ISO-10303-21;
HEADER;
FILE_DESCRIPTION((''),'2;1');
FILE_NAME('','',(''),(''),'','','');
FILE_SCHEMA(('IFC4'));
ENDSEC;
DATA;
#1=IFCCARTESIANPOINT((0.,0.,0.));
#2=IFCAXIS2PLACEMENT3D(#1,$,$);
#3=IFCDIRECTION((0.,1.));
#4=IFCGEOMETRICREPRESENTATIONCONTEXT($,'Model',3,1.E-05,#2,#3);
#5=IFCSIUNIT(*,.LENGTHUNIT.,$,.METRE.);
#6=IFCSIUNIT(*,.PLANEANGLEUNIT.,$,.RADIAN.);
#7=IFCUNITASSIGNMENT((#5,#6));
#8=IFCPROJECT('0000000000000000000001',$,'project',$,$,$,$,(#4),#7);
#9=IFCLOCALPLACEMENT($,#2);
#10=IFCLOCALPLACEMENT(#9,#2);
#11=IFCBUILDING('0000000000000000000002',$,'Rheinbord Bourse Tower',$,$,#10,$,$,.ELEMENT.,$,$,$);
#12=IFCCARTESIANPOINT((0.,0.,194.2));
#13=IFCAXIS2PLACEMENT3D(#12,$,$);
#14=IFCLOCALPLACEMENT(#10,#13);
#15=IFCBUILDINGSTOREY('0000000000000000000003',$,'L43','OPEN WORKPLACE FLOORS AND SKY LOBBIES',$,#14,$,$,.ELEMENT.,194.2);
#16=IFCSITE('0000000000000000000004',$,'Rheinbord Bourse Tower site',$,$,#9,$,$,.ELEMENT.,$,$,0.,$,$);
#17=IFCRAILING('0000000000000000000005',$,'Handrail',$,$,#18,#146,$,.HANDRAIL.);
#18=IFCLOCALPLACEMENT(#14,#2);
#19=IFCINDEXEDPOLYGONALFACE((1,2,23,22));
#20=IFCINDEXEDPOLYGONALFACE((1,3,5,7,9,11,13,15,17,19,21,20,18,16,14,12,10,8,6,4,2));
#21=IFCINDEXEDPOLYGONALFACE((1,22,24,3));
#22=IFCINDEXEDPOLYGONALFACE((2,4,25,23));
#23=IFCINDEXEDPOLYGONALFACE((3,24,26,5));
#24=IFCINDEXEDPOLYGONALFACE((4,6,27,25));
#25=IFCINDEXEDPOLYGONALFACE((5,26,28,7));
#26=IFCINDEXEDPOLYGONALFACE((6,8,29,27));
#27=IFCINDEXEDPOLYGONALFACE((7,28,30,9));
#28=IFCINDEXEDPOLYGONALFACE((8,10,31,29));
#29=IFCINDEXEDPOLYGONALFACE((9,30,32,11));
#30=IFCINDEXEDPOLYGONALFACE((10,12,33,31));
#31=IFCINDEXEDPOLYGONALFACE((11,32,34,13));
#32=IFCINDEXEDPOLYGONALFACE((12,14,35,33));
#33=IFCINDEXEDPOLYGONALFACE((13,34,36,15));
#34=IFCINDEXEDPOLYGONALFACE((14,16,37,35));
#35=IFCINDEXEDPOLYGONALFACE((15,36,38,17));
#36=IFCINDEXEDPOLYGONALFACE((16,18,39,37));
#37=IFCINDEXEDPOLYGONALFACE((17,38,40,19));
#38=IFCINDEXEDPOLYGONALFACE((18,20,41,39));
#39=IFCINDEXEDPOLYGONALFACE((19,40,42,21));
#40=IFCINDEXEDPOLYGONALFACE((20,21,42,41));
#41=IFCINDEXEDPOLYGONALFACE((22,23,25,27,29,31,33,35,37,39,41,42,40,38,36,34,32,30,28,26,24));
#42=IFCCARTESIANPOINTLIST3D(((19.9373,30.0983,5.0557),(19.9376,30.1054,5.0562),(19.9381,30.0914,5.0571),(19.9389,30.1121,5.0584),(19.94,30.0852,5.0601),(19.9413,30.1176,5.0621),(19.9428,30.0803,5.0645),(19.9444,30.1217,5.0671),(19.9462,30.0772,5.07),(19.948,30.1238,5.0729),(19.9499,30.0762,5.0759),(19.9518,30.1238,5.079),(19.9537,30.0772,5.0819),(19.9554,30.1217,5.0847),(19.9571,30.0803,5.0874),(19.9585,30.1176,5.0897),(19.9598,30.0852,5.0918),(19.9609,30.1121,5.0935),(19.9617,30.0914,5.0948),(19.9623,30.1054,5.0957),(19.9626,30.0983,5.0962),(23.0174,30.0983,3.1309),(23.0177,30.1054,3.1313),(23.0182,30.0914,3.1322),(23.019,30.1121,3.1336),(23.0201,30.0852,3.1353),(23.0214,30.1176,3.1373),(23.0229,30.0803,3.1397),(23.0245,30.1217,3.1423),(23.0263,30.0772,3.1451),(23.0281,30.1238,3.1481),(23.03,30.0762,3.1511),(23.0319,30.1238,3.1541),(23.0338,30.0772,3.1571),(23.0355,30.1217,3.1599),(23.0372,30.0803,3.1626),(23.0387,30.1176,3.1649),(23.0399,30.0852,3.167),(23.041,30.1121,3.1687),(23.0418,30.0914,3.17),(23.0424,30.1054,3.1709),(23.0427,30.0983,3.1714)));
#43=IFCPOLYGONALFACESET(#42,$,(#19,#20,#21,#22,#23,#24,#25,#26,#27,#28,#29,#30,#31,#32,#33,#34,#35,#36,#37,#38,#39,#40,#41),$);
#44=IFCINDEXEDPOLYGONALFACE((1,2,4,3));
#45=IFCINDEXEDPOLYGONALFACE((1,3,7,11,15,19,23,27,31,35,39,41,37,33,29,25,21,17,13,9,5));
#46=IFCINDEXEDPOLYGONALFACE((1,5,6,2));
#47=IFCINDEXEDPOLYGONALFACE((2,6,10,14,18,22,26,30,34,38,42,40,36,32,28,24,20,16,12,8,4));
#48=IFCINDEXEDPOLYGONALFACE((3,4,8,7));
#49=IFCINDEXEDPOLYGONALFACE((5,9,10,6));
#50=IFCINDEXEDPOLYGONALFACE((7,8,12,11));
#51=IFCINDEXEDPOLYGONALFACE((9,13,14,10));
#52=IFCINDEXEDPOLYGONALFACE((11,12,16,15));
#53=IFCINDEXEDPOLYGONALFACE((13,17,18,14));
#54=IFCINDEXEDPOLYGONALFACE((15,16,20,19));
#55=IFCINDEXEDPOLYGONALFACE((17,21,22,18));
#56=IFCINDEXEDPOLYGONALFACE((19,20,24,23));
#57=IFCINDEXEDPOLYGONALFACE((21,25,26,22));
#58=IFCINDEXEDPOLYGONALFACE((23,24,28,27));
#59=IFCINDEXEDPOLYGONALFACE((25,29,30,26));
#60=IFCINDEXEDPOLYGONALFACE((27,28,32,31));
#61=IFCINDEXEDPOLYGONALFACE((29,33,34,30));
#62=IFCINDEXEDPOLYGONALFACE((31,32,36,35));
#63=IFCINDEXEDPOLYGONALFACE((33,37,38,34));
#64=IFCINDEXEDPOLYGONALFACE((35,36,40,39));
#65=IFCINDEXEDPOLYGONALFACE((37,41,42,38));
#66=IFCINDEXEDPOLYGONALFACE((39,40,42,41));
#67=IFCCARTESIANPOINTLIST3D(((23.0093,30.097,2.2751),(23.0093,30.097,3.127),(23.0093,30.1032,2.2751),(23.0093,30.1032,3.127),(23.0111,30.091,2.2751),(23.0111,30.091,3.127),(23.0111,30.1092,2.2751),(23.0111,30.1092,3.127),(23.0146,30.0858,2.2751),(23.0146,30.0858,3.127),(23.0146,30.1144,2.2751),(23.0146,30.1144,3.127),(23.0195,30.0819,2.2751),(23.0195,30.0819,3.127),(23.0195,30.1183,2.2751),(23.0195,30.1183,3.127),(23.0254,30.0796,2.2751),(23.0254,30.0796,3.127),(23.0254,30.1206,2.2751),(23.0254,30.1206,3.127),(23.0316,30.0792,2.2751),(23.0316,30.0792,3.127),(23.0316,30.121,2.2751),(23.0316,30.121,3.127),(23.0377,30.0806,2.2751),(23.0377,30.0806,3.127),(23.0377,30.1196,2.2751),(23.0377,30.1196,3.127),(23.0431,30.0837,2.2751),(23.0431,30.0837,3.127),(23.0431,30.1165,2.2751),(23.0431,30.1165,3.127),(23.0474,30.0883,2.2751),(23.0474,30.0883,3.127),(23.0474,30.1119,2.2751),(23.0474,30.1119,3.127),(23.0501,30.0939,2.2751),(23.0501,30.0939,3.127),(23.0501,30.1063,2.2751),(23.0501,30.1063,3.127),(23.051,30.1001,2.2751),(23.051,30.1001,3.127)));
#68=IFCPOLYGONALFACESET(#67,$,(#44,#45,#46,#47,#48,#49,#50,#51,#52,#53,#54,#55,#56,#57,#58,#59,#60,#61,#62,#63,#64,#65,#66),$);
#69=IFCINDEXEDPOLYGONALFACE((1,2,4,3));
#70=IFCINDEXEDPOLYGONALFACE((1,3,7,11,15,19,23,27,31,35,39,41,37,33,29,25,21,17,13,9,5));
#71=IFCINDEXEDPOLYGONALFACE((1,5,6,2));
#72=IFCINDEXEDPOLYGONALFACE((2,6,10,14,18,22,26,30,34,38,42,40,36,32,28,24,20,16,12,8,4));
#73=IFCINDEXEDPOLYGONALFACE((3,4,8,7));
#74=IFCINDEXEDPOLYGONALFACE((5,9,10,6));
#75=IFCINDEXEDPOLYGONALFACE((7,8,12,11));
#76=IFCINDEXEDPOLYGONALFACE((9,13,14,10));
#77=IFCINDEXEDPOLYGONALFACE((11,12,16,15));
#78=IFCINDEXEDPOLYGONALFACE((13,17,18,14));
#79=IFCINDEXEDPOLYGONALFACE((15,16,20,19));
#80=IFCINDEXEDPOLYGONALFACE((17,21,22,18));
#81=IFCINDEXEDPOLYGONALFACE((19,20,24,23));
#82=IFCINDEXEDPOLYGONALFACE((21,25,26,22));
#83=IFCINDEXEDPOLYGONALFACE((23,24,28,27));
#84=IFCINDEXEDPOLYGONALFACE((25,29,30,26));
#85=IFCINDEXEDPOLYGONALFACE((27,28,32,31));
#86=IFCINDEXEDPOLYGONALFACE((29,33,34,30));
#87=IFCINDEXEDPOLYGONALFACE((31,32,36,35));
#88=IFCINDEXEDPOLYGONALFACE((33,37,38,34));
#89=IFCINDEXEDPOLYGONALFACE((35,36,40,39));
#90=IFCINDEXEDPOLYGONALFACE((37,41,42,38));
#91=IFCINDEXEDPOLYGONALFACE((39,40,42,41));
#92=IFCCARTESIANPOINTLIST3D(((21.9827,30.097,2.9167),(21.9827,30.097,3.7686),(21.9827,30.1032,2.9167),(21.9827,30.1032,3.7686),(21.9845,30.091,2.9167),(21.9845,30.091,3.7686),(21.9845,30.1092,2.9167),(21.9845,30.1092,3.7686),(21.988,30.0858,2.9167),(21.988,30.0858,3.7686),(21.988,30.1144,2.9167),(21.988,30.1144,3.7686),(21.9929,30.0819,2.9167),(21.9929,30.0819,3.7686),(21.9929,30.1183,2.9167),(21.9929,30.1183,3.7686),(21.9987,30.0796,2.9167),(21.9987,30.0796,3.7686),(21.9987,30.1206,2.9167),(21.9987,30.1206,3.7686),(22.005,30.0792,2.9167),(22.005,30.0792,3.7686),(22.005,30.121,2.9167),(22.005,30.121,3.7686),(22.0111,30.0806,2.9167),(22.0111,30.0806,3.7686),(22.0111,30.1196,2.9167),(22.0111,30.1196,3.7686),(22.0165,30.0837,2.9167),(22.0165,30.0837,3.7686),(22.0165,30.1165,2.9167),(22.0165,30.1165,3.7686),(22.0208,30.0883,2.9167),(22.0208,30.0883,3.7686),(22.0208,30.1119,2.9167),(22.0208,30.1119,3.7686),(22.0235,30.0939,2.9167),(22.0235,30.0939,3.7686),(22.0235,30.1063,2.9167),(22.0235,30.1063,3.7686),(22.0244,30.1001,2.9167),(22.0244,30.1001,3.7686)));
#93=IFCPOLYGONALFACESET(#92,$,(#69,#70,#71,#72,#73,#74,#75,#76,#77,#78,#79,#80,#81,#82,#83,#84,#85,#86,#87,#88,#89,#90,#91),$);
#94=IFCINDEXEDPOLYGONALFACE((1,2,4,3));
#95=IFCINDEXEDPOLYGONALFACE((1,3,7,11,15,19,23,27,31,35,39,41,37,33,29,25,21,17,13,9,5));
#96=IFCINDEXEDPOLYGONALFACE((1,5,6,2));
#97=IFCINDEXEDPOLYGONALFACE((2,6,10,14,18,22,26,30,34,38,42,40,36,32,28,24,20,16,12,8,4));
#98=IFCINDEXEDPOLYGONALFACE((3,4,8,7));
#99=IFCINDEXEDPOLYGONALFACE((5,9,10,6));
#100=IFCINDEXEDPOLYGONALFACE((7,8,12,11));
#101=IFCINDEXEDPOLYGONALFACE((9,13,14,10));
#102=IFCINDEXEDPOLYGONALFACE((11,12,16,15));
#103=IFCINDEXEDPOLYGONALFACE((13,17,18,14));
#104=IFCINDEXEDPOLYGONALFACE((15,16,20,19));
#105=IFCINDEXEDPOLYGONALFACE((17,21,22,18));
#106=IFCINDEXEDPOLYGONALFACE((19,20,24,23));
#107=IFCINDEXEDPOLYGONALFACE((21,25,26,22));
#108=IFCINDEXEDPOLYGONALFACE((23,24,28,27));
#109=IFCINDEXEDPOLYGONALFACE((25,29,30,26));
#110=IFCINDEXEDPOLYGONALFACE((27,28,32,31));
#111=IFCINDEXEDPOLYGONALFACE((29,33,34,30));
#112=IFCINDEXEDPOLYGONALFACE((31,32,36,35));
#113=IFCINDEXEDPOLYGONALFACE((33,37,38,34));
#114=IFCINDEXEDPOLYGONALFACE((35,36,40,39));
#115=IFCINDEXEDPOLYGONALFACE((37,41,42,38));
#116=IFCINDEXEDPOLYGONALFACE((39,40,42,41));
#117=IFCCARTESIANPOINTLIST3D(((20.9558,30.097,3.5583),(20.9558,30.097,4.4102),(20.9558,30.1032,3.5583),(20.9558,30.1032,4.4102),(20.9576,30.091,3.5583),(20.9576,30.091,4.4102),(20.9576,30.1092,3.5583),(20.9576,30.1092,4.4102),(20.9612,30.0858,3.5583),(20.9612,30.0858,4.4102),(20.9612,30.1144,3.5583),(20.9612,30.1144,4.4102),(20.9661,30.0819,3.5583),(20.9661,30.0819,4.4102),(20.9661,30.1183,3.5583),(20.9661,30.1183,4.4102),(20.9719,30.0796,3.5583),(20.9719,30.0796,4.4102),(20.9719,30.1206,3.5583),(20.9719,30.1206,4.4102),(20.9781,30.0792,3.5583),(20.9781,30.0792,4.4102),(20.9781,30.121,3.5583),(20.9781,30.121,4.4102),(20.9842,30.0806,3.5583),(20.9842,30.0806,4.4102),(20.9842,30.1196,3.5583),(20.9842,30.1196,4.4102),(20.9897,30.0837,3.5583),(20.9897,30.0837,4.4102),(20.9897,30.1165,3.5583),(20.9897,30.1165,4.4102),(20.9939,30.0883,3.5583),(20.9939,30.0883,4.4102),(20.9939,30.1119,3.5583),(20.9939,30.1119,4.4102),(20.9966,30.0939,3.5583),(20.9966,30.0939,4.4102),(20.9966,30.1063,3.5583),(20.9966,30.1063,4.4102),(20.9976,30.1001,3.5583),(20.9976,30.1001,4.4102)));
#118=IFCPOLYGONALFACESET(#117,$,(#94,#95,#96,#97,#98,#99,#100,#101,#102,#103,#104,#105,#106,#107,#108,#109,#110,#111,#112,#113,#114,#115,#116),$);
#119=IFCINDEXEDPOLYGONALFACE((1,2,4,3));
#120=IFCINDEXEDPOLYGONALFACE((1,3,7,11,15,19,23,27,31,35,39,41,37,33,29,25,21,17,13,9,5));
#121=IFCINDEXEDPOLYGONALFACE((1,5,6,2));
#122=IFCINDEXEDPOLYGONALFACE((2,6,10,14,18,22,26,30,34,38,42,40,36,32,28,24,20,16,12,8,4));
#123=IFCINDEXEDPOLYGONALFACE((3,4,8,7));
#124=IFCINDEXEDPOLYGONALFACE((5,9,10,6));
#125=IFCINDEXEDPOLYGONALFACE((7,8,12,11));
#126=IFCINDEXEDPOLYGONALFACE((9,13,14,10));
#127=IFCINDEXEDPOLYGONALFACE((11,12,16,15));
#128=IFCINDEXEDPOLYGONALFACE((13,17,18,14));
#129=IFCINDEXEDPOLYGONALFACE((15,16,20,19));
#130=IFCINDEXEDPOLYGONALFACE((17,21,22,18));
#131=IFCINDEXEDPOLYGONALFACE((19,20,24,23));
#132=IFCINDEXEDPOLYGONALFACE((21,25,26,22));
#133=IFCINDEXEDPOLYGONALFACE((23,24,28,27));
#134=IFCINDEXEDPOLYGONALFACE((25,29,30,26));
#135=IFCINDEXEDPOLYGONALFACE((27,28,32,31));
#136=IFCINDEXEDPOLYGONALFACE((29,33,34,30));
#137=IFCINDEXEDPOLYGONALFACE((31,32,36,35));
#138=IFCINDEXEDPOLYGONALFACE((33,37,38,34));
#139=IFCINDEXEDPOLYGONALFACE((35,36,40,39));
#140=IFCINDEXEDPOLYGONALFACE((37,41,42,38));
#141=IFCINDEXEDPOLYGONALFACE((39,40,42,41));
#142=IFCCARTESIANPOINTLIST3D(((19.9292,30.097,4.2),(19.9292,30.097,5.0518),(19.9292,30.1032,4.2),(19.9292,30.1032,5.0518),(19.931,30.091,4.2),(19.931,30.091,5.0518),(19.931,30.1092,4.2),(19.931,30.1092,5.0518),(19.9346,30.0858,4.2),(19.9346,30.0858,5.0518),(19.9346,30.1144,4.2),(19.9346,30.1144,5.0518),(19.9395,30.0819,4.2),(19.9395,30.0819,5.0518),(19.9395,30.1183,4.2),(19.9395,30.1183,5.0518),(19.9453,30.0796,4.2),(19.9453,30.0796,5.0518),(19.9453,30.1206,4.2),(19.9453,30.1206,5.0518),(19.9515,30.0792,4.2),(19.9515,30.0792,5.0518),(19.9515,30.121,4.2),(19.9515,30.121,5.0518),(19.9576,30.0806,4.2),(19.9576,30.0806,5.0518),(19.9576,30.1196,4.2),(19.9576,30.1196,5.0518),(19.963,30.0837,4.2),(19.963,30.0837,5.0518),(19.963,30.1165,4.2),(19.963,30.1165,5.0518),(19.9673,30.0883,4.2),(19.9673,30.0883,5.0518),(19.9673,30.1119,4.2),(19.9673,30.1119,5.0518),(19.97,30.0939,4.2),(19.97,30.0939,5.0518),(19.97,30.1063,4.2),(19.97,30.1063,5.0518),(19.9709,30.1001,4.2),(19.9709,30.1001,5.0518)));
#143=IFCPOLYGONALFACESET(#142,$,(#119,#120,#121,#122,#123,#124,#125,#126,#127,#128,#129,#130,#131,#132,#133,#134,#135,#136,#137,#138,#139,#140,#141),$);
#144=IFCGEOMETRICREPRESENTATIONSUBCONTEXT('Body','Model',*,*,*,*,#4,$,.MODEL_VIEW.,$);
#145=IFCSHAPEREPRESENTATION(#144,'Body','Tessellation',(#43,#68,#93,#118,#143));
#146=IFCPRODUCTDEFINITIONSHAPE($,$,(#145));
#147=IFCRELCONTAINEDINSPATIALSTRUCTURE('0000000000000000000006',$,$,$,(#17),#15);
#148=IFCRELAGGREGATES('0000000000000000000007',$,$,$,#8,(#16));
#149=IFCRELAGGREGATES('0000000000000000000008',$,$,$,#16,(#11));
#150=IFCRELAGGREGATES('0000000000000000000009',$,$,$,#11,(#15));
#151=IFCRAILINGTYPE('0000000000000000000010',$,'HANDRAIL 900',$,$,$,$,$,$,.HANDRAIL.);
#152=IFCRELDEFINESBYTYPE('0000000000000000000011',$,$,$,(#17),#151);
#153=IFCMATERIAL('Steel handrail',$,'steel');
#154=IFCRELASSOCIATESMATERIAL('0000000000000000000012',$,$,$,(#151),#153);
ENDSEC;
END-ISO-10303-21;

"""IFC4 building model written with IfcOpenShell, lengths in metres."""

from ifc_helpers import new_model, si_unit, direction, frame, origin, origin_2d, place, context, subcontext, project, spatial, circle, extrude, material, type_object, element, save


model = new_model("IFC4")

# Units and contexts
model_context = context("Model", 3, precision=1e-05, world=origin(), true_north=direction((0.0, 1.0)))
body_context = subcontext(model_context, "Body", "Model", "MODEL_VIEW")
ifc_project = project(units=[si_unit("LENGTHUNIT", "METRE"), si_unit("PLANEANGLEUNIT", "RADIAN")], contexts=[model_context])

# Site, building, storey
site_placement = place(None, origin())
site = spatial("IfcSite", under=ifc_project, at=site_placement, Name="Rheinbord Bourse Tower site", CompositionType="ELEMENT", RefElevation=0.0)
building_placement = place(site_placement, origin())
building = spatial("IfcBuilding", under=site, at=building_placement, Name="Rheinbord Bourse Tower", CompositionType="ELEMENT")
storey_placement = place(building_placement, frame((0.0, 0.0, 194.2)))
storey = spatial("IfcBuildingStorey", under=building, at=storey_placement, Name="L43", Description="OPEN WORKPLACE FLOORS AND SKY LOBBIES", CompositionType="ELEMENT", Elevation=194.2)

# Railing
ifc_material_1 = material(Name="Steel handrail", Category="steel")
railing_type = type_object("IfcRailingType", Name="HANDRAIL 900", PredefinedType="HANDRAIL", material=ifc_material_1)
railing_1_placement = place(storey_placement, frame((23.03, 30.1001, 2.2751)))
element("IfcRailing", 1, at=railing_1_placement, inside=storey, type_object=railing_type, Name="Handrail", PredefinedType="HANDRAIL", context=body_context, shape_type="SweptSolid", body=[
    extrude(circle(Radius=0.0239, at=origin_2d()), frame((0.0, 0.0, 0.876), z_axis=(-0.848029, 0.0, 0.529951), x_axis=(0.0, -1.0, 0.0)), (0.0, 0.0, 1.0), 3.6321),
    extrude(circle(Radius=0.021, at=origin_2d()), origin(), (0.0, 0.0, 1.0), 0.8518),
    extrude(circle(Radius=0.021, at=origin_2d()), frame((-1.0266, 0.0, 0.6416)), (0.0, 0.0, 1.0), 0.8518),
    extrude(circle(Radius=0.021, at=origin_2d()), frame((-2.0535, 0.0, 1.2832)), (0.0, 0.0, 1.0), 0.8518),
    extrude(circle(Radius=0.021, at=origin_2d()), frame((-3.0801, 0.0, 1.9248)), (0.0, 0.0, 1.0), 0.8518),
])

save(model, "model.ifc")
